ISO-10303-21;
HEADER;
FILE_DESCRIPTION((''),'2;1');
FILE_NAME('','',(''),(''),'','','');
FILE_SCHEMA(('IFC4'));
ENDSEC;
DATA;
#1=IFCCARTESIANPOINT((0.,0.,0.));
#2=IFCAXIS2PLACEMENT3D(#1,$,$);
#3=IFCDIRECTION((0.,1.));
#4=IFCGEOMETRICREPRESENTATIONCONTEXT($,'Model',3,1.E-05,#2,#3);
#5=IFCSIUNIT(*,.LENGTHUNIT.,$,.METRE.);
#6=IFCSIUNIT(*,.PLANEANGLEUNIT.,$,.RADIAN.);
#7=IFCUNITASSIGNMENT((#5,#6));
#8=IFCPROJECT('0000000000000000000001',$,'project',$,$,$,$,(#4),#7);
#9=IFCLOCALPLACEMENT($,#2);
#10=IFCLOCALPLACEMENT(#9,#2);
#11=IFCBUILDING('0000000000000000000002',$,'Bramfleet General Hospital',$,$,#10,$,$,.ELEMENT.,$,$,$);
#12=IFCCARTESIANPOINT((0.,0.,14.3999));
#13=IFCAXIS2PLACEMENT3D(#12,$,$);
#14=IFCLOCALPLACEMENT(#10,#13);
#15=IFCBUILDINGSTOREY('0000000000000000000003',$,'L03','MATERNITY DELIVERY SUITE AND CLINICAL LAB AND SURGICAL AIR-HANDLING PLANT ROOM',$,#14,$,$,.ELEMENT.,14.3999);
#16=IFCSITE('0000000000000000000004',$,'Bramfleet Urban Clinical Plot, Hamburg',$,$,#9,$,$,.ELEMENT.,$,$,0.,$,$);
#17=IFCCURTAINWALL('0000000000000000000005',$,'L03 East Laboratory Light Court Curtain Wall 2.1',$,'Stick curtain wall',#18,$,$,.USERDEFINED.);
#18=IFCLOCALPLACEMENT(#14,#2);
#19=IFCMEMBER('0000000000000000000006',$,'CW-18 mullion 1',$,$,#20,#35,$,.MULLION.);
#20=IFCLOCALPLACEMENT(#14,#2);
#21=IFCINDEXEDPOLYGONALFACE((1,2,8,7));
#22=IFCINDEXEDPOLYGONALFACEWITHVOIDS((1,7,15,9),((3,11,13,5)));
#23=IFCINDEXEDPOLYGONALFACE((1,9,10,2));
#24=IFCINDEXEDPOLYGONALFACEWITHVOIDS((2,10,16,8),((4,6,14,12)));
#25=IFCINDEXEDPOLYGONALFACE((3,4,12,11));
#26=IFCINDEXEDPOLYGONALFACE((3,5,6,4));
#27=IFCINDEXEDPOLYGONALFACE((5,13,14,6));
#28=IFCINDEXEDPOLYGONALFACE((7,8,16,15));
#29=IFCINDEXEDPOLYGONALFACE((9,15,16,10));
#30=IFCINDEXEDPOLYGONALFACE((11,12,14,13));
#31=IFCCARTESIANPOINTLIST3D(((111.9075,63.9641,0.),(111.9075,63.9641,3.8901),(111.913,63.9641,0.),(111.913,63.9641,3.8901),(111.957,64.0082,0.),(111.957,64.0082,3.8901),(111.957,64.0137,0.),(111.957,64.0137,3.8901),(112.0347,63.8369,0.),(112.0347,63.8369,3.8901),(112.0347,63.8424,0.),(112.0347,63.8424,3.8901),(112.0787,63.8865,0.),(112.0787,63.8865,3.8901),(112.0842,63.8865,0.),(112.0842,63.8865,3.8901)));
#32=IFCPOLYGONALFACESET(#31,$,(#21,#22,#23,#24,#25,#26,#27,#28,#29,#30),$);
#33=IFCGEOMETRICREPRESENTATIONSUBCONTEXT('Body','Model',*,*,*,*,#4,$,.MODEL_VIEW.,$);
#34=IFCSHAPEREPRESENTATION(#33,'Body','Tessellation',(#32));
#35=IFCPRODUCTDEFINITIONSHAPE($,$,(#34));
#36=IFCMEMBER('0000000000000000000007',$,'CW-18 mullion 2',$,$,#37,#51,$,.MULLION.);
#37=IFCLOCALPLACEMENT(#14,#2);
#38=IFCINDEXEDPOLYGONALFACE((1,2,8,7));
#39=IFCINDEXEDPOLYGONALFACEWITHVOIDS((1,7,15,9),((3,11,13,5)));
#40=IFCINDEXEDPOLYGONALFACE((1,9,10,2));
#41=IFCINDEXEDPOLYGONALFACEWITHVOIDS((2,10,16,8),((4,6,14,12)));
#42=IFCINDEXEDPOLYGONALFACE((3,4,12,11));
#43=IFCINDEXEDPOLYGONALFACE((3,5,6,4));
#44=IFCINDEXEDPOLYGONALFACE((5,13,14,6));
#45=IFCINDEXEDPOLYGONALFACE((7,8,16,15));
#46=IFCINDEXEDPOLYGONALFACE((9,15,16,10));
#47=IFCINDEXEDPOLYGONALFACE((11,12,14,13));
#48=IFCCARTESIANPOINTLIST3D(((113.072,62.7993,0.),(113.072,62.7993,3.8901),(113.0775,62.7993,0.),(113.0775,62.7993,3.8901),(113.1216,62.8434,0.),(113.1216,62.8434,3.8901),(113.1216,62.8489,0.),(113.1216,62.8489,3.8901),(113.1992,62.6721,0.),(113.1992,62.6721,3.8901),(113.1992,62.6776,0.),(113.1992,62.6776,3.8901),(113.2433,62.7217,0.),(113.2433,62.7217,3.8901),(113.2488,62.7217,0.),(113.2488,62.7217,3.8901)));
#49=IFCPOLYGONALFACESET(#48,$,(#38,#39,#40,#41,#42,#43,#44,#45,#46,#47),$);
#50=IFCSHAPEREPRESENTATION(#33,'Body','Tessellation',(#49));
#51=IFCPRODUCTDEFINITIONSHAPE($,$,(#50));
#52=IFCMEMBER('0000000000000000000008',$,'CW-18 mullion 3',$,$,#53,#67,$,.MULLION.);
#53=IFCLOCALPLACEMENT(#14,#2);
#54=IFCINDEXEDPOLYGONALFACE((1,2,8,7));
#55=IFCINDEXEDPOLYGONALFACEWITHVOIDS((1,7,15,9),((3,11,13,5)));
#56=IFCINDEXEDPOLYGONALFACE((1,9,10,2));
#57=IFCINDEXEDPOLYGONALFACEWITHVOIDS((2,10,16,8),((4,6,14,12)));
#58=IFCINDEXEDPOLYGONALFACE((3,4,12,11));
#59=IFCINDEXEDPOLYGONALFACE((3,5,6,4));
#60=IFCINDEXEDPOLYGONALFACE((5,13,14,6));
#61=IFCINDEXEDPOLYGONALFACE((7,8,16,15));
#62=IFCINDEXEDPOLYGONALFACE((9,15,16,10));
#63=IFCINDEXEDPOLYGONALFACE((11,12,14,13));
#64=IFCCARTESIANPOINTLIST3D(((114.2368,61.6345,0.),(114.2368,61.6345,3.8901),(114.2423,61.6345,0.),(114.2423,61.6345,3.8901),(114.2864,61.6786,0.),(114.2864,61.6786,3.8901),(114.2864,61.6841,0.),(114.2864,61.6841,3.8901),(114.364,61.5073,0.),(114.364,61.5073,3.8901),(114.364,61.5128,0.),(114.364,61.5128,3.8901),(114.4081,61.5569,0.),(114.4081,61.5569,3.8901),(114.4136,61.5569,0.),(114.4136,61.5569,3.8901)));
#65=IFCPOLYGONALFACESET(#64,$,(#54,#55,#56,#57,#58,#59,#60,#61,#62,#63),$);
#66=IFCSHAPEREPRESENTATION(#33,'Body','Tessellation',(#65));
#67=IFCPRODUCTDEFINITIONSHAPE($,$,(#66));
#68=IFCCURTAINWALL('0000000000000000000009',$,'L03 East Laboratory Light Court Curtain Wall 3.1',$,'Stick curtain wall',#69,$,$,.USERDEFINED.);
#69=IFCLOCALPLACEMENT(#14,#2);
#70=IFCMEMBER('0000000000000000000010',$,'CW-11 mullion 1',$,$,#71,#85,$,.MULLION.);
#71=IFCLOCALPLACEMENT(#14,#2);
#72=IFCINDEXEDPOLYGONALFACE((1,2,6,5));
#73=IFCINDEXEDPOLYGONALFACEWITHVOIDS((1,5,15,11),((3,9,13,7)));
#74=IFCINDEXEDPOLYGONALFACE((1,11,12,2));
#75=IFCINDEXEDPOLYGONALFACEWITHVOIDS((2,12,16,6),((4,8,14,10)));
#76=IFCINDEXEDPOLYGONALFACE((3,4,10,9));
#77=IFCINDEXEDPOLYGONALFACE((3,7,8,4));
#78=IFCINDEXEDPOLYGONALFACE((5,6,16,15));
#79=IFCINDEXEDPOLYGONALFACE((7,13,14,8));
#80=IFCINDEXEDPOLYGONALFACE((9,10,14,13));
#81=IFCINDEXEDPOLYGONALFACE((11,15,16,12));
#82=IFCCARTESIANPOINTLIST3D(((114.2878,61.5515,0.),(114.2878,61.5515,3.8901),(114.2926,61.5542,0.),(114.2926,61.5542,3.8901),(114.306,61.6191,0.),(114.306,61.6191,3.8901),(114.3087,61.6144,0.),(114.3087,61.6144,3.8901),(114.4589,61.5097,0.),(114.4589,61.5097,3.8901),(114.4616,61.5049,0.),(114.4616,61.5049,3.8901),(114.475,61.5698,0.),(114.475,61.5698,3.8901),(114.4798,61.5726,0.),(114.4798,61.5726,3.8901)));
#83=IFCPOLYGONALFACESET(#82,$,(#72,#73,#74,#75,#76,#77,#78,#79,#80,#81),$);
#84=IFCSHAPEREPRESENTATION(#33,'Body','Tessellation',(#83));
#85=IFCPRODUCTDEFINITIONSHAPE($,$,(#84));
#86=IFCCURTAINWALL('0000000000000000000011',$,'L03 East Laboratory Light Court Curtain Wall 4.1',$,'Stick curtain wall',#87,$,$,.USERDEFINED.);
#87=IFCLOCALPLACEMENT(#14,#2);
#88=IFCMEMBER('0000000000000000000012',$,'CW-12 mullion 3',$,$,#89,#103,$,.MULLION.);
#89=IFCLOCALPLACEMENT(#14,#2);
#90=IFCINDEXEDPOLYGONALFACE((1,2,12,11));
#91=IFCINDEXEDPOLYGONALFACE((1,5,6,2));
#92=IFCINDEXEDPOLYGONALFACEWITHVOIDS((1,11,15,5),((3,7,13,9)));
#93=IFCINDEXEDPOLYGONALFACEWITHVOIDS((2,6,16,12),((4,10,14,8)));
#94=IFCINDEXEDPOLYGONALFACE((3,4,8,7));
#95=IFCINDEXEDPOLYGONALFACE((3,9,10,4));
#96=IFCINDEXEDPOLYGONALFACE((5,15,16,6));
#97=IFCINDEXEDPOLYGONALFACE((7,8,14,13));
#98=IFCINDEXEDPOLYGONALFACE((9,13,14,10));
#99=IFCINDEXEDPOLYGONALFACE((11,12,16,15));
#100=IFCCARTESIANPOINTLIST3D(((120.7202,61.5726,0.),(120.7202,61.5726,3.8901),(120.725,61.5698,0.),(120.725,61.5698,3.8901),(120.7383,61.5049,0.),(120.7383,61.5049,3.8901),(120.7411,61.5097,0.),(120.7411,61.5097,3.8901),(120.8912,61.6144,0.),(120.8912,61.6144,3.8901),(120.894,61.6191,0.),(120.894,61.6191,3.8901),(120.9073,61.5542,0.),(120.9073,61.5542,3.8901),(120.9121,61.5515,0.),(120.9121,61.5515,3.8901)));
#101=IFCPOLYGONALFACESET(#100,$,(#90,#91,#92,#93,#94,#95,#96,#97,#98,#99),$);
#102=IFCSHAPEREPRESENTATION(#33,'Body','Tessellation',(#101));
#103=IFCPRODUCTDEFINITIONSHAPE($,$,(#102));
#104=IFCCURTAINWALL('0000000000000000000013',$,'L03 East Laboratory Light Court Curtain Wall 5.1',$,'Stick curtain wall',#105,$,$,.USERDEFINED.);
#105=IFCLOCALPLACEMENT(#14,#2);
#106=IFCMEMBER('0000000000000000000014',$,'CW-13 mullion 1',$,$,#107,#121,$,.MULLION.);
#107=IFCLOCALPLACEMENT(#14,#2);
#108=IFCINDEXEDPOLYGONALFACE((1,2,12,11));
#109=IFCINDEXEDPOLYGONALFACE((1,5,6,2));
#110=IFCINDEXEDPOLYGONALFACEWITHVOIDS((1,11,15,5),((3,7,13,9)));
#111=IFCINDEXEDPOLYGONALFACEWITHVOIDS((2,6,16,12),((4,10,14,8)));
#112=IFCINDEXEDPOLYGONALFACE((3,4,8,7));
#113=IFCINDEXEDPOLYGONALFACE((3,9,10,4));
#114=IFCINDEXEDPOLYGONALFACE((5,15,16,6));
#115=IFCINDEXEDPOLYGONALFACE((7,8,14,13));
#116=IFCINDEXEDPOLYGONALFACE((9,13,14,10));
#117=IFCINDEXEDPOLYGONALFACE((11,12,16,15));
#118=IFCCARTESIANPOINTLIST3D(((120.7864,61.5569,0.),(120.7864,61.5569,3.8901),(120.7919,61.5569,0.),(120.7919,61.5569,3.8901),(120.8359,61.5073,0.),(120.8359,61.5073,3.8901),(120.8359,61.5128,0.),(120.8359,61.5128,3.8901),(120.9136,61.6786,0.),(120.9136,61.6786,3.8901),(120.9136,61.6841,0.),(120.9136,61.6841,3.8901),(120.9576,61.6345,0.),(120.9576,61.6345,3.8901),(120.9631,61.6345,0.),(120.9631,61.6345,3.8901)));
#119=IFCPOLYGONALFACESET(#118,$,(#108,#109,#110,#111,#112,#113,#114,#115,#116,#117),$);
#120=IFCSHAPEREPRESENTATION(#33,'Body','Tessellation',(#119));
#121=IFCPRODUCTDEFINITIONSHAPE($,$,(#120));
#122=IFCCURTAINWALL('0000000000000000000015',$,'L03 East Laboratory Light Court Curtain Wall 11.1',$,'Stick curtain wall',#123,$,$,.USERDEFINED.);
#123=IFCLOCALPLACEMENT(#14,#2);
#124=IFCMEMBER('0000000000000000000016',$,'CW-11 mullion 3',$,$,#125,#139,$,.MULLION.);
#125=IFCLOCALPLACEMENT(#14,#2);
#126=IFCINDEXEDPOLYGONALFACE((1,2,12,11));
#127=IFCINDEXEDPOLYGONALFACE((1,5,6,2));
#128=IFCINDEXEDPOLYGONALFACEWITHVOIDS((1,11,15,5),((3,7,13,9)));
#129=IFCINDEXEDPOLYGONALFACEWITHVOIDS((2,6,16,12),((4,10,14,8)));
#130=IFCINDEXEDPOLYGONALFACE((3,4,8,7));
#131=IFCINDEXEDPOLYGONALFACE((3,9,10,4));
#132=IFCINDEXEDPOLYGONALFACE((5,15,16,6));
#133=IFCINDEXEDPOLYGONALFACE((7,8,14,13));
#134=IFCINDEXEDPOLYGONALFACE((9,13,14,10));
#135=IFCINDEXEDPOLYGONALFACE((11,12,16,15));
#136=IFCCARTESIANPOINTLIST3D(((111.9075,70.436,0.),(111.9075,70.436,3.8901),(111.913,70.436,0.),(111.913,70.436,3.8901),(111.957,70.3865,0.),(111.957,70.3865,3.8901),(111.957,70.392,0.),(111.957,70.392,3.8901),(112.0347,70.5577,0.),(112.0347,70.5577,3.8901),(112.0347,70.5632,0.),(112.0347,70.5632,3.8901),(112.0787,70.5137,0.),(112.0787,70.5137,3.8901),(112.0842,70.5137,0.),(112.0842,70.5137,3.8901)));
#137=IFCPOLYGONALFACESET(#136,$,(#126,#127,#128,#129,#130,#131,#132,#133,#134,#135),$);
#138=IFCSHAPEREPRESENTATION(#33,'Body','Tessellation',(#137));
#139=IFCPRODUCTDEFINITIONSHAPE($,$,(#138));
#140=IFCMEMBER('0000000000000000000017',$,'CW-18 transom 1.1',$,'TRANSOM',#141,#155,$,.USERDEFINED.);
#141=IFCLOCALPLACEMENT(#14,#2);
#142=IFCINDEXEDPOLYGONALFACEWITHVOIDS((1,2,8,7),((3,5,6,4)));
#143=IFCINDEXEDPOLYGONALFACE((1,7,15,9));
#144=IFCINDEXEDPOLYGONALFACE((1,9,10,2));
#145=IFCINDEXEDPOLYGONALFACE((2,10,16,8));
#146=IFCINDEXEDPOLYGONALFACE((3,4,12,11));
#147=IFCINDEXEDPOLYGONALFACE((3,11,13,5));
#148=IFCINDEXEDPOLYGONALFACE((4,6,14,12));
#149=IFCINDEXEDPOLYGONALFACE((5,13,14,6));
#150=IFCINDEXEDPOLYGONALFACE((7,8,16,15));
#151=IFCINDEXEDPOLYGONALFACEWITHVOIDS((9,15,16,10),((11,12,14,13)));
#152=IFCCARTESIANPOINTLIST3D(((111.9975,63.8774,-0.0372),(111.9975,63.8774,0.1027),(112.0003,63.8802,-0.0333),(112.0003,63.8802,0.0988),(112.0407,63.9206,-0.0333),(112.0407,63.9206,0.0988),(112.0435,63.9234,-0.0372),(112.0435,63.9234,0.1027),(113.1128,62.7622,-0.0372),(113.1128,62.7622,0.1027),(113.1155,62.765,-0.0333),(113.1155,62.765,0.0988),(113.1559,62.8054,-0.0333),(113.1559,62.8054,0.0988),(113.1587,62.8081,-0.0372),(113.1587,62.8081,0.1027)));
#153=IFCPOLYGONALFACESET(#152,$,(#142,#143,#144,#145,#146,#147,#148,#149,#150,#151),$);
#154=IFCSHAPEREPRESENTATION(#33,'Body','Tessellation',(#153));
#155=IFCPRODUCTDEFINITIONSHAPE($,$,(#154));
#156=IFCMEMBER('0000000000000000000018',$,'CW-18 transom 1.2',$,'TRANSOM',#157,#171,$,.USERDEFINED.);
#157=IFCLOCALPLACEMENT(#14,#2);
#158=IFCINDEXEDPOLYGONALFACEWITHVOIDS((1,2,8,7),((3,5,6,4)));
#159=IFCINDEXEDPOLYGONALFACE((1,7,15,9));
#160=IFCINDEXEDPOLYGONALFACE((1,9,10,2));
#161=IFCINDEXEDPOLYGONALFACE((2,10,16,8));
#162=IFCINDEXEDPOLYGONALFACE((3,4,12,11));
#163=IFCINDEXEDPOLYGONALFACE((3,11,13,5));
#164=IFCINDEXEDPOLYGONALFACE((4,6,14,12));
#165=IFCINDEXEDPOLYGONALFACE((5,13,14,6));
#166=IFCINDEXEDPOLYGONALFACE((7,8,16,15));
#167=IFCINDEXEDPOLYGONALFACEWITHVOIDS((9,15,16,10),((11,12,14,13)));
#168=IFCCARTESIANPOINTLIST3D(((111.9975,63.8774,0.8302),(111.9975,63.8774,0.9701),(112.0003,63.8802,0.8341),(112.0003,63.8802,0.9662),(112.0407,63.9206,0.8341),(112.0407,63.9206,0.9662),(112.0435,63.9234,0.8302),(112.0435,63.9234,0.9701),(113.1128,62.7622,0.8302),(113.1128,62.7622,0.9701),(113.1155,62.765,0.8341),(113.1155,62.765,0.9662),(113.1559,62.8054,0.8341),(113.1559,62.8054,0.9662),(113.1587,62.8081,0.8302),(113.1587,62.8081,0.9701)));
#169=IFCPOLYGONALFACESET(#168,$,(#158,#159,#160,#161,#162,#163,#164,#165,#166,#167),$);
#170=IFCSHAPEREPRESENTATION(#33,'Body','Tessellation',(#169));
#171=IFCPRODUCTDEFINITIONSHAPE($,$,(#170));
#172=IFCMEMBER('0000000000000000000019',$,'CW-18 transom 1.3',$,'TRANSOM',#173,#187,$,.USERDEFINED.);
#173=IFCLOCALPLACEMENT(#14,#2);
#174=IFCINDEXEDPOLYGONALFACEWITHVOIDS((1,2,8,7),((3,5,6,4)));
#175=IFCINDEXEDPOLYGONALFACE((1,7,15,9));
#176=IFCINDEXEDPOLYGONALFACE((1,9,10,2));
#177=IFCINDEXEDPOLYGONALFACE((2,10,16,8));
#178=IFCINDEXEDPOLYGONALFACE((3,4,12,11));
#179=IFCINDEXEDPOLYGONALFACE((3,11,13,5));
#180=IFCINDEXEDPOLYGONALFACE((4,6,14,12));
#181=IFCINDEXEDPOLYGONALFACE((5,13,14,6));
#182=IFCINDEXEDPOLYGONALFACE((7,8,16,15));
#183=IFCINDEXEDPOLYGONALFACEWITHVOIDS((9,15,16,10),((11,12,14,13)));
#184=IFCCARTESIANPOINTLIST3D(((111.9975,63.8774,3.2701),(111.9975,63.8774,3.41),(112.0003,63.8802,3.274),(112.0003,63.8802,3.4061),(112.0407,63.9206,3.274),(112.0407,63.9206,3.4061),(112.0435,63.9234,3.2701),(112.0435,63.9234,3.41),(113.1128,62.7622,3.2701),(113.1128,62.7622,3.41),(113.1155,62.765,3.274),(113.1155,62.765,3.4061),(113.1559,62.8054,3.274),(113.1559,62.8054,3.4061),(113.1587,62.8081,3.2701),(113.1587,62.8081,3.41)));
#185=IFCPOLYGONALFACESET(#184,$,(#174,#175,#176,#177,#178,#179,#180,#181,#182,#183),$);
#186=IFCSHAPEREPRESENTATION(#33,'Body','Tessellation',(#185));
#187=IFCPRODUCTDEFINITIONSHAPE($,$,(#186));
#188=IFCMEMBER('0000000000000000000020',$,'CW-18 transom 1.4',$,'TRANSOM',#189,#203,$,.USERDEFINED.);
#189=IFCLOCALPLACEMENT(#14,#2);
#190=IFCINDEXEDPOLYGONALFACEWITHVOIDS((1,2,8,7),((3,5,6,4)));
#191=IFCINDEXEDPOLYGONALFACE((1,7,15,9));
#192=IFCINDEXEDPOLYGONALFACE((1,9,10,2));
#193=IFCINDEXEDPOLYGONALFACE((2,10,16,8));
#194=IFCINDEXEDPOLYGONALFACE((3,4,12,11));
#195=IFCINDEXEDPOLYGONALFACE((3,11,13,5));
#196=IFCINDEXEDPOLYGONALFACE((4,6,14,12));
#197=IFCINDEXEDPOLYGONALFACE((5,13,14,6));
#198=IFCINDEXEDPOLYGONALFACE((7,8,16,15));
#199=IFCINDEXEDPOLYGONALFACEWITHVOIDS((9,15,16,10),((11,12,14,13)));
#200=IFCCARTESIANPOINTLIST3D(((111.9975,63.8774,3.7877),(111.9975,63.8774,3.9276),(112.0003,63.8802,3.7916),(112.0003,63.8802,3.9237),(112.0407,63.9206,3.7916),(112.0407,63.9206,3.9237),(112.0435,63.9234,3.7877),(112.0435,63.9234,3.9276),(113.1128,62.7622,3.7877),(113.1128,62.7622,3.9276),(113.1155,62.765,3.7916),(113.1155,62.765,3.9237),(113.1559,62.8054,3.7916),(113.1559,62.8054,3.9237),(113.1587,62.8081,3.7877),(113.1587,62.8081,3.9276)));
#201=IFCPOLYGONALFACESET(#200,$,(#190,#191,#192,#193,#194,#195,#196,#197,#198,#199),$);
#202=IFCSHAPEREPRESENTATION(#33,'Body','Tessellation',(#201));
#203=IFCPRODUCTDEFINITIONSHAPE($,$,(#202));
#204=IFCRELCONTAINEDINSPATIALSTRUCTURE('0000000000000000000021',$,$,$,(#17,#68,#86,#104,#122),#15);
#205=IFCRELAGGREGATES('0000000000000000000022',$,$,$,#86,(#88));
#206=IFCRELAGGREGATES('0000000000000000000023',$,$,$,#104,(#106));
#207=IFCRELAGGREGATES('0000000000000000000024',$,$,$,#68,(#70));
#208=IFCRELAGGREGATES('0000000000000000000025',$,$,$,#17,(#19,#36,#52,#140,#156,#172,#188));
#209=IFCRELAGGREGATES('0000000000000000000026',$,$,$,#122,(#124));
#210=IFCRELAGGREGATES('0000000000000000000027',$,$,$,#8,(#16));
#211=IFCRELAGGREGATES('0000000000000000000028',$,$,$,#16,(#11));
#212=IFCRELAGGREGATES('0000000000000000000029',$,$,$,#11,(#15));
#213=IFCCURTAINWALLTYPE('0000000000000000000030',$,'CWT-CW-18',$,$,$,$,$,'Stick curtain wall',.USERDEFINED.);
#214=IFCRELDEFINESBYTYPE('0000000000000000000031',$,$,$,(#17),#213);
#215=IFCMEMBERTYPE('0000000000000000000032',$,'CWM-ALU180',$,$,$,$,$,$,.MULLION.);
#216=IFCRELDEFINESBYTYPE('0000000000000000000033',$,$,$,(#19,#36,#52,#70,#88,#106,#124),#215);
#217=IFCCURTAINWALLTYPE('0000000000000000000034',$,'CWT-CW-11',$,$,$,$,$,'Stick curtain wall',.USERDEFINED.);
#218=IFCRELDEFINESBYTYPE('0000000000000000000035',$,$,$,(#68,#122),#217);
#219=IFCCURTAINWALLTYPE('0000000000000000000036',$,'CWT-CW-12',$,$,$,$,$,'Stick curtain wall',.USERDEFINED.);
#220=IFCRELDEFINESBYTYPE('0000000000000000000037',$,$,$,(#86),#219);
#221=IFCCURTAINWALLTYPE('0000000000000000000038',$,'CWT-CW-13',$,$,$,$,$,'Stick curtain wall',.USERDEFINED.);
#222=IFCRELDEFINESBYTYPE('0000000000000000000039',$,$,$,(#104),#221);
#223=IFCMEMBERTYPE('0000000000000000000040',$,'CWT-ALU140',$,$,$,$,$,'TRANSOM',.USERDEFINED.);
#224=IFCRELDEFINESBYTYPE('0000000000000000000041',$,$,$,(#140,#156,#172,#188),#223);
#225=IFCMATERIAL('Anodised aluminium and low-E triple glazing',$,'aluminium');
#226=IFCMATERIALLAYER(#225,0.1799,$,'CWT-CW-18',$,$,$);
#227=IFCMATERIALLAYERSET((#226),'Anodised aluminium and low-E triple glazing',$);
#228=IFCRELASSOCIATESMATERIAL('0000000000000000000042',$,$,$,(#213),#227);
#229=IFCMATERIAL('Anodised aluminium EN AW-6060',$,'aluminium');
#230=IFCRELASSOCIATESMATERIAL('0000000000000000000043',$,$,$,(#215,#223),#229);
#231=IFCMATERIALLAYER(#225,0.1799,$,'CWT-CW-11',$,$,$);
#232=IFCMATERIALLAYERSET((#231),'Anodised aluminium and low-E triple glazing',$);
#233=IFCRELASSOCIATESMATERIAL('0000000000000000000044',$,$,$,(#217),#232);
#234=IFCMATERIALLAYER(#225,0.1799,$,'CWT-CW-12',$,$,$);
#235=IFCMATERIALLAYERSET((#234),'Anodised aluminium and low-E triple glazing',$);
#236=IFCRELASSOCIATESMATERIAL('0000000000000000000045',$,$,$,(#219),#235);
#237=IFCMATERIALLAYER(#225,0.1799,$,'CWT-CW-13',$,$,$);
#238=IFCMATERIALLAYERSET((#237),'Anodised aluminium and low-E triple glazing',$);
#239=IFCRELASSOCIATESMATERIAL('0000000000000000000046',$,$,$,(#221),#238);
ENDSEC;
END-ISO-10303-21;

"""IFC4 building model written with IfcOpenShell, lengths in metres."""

from ifc_helpers import new_model, si_unit, direction, frame, origin, origin_2d, place, context, subcontext, project, spatial, hollow_rectangle, extrude, material, layer, layer_set, material_profile, profile_set, type_object, element, aggregate, save


model = new_model("IFC4")

# Units and contexts
model_context = context("Model", 3, precision=1e-05, world=origin(), true_north=direction((0.0, 1.0)))
body_context = subcontext(model_context, "Body", "Model", "MODEL_VIEW")
ifc_project = project(units=[si_unit("LENGTHUNIT", "METRE"), si_unit("PLANEANGLEUNIT", "RADIAN")], contexts=[model_context])

# Site, building, storey
site_placement = place(None, origin())
site = spatial("IfcSite", under=ifc_project, at=site_placement, Name="Bramfleet Urban Clinical Plot, Hamburg", CompositionType="ELEMENT", RefElevation=0.0)
building_placement = place(site_placement, origin())
building = spatial("IfcBuilding", under=site, at=building_placement, Name="Bramfleet General Hospital", CompositionType="ELEMENT")
storey_placement = place(building_placement, frame((0.0, 0.0, 14.3999)))
storey = spatial("IfcBuildingStorey", under=building, at=storey_placement, Name="L03", Description="MATERNITY DELIVERY SUITE AND CLINICAL LAB AND SURGICAL AIR-HANDLING PLANT ROOM", CompositionType="ELEMENT", Elevation=14.3999)

# Curtain wall, members
ifc_material_1 = material(Name="Anodised aluminium and low-E triple glazing", Category="aluminium")
ifc_layer_1 = layer(ifc_material_1, 0.1799, Name="CWT-CW-18")
ifc_layer_set_1 = layer_set([ifc_layer_1], Name="Anodised aluminium and low-E triple glazing")
curtain_wall_type_1 = type_object("IfcCurtainWallType", Name="CWT-CW-18", ElementType="Stick curtain wall", PredefinedType="USERDEFINED", material=ifc_layer_set_1)
curtain_wall_1_placement = place(storey_placement, origin())
curtain_wall_1 = element("IfcCurtainWall", 1, at=curtain_wall_1_placement, inside=storey, type_object=curtain_wall_type_1, Name="L03 East Laboratory Light Court Curtain Wall 2.1", ObjectType="Stick curtain wall", PredefinedType="USERDEFINED")
ifc_material_2 = material(Name="Anodised aluminium EN AW-6060", Category="aluminium")
ifc_material_profile_1 = material_profile(ifc_material_2, hollow_rectangle(XDim=0.0701, YDim=0.1799, WallThickness=0.0039, at=origin_2d()), Name="ALU 180x70x4.0")
ifc_profile_set_1 = profile_set([ifc_material_profile_1], Name="Anodised aluminium EN AW-6060")
member_type_1 = type_object("IfcMemberType", Name="CWM-ALU180", PredefinedType="MULLION", material=ifc_profile_set_1)
member_1_placement = place(storey_placement, frame((111.9958, 63.9253, 0.0), z_axis=(0.0, 0.0, 1.0), x_axis=(0.707107, 0.707107, 0.0)))
member_1 = element("IfcMember", 2, at=member_1_placement, type_object=member_type_1, Name="CW-18 mullion 1", PredefinedType="MULLION", context=body_context, shape_type="SweptSolid", body=[
    extrude(hollow_rectangle(XDim=0.0701, YDim=0.1799, WallThickness=0.0039, at=origin_2d()), origin(), (0.0, 0.0, 1.0), 3.8901),
])
member_2_placement = place(storey_placement, frame((113.1604, 62.7605, 0.0), z_axis=(0.0, 0.0, 1.0), x_axis=(0.707107, 0.707107, 0.0)))
member_2 = element("IfcMember", 3, at=member_2_placement, type_object=member_type_1, Name="CW-18 mullion 2", PredefinedType="MULLION", context=body_context, shape_type="SweptSolid", body=[
    extrude(hollow_rectangle(XDim=0.0701, YDim=0.1799, WallThickness=0.0039, at=origin_2d()), origin(), (0.0, 0.0, 1.0), 3.8901),
])
member_3_placement = place(storey_placement, frame((114.3252, 61.5957, 0.0), z_axis=(0.0, 0.0, 1.0), x_axis=(0.707107, 0.707107, 0.0)))
member_3 = element("IfcMember", 4, at=member_3_placement, type_object=member_type_1, Name="CW-18 mullion 3", PredefinedType="MULLION", context=body_context, shape_type="SweptSolid", body=[
    extrude(hollow_rectangle(XDim=0.0701, YDim=0.1799, WallThickness=0.0039, at=origin_2d()), origin(), (0.0, 0.0, 1.0), 3.8901),
])

# Curtain walls, members
ifc_layer_2 = layer(ifc_material_1, 0.1799, Name="CWT-CW-11")
ifc_layer_set_2 = layer_set([ifc_layer_2], Name="Anodised aluminium and low-E triple glazing")
curtain_wall_type_2 = type_object("IfcCurtainWallType", Name="CWT-CW-11", ElementType="Stick curtain wall", PredefinedType="USERDEFINED", material=ifc_layer_set_2)
curtain_wall_2_placement = place(storey_placement, origin())
curtain_wall_2 = element("IfcCurtainWall", 5, at=curtain_wall_2_placement, inside=storey, type_object=curtain_wall_type_2, Name="L03 East Laboratory Light Court Curtain Wall 3.1", ObjectType="Stick curtain wall", PredefinedType="USERDEFINED")
member_4_placement = place(storey_placement, frame((114.3838, 61.562, 0.0), z_axis=(0.0, 0.0, 1.0), x_axis=(0.258865, 0.965914, 0.0)))
member_4 = element("IfcMember", 6, at=member_4_placement, type_object=member_type_1, Name="CW-11 mullion 1", PredefinedType="MULLION", context=body_context, shape_type="SweptSolid", body=[
    extrude(hollow_rectangle(XDim=0.0701, YDim=0.1799, WallThickness=0.0039, at=origin_2d()), origin(), (0.0, 0.0, 1.0), 3.8901),
])
ifc_layer_3 = layer(ifc_material_1, 0.1799, Name="CWT-CW-12")
ifc_layer_set_3 = layer_set([ifc_layer_3], Name="Anodised aluminium and low-E triple glazing")
curtain_wall_type_3 = type_object("IfcCurtainWallType", Name="CWT-CW-12", ElementType="Stick curtain wall", PredefinedType="USERDEFINED", material=ifc_layer_set_3)
curtain_wall_3_placement = place(storey_placement, origin())
curtain_wall_3 = element("IfcCurtainWall", 7, at=curtain_wall_3_placement, inside=storey, type_object=curtain_wall_type_3, Name="L03 East Laboratory Light Court Curtain Wall 4.1", ObjectType="Stick curtain wall", PredefinedType="USERDEFINED")
member_5_placement = place(storey_placement, frame((120.8162, 61.562, 0.0), z_axis=(0.0, 0.0, 1.0), x_axis=(-0.258865, 0.965914, 0.0)))
member_5 = element("IfcMember", 8, at=member_5_placement, type_object=member_type_1, Name="CW-12 mullion 3", PredefinedType="MULLION", context=body_context, shape_type="SweptSolid", body=[
    extrude(hollow_rectangle(XDim=0.0701, YDim=0.1799, WallThickness=0.0039, at=origin_2d()), origin(), (0.0, 0.0, 1.0), 3.8901),
])
aggregate(curtain_wall_3, [member_5])
ifc_layer_4 = layer(ifc_material_1, 0.1799, Name="CWT-CW-13")
ifc_layer_set_4 = layer_set([ifc_layer_4], Name="Anodised aluminium and low-E triple glazing")
curtain_wall_type_4 = type_object("IfcCurtainWallType", Name="CWT-CW-13", ElementType="Stick curtain wall", PredefinedType="USERDEFINED", material=ifc_layer_set_4)
curtain_wall_4_placement = place(storey_placement, origin())
curtain_wall_4 = element("IfcCurtainWall", 9, at=curtain_wall_4_placement, inside=storey, type_object=curtain_wall_type_4, Name="L03 East Laboratory Light Court Curtain Wall 5.1", ObjectType="Stick curtain wall", PredefinedType="USERDEFINED")
member_6_placement = place(storey_placement, frame((120.8748, 61.5957, 0.0), z_axis=(0.0, 0.0, 1.0), x_axis=(-0.707107, 0.707107, 0.0)))
member_6 = element("IfcMember", 10, at=member_6_placement, type_object=member_type_1, Name="CW-13 mullion 1", PredefinedType="MULLION", context=body_context, shape_type="SweptSolid", body=[
    extrude(hollow_rectangle(XDim=0.0701, YDim=0.1799, WallThickness=0.0039, at=origin_2d()), origin(), (0.0, 0.0, 1.0), 3.8901),
])
aggregate(curtain_wall_4, [member_6])
curtain_wall_5_placement = place(storey_placement, origin())
curtain_wall_5 = element("IfcCurtainWall", 11, at=curtain_wall_5_placement, inside=storey, type_object=curtain_wall_type_2, Name="L03 East Laboratory Light Court Curtain Wall 11.1", ObjectType="Stick curtain wall", PredefinedType="USERDEFINED")
member_7_placement = place(storey_placement, frame((111.9958, 70.4749, 0.0), z_axis=(0.0, 0.0, 1.0), x_axis=(0.707107, -0.707107, 0.0)))
member_7 = element("IfcMember", 12, at=member_7_placement, type_object=member_type_1, Name="CW-11 mullion 3", PredefinedType="MULLION", context=body_context, shape_type="SweptSolid", body=[
    extrude(hollow_rectangle(XDim=0.0701, YDim=0.1799, WallThickness=0.0039, at=origin_2d()), origin(), (0.0, 0.0, 1.0), 3.8901),
])

# Members
ifc_material_profile_2 = material_profile(ifc_material_2, hollow_rectangle(XDim=0.0649, YDim=0.1399, WallThickness=0.0039, at=origin_2d()), Name="ALU 140x65x4.0")
ifc_profile_set_2 = profile_set([ifc_material_profile_2], Name="Anodised aluminium EN AW-6060")
member_type_2 = type_object("IfcMemberType", Name="CWT-ALU140", ElementType="TRANSOM", PredefinedType="USERDEFINED", material=ifc_profile_set_2)
member_8_placement = place(storey_placement, frame((112.0205, 63.9004, 0.0327), z_axis=(0.707107, -0.707107, 0.0), x_axis=(0.707107, 0.707107, 0.0)))
member_8 = element("IfcMember", 13, at=member_8_placement, type_object=member_type_2, Name="CW-18 transom 1.1", ObjectType="TRANSOM", PredefinedType="USERDEFINED", context=body_context, shape_type="SweptSolid", body=[
    extrude(hollow_rectangle(XDim=0.0649, YDim=0.1399, WallThickness=0.0039, at=origin_2d()), origin(), (0.0, 0.0, 1.0), 1.5771),
])
member_9_placement = place(storey_placement, frame((112.0205, 63.9004, 0.9001), z_axis=(0.707107, -0.707107, 0.0), x_axis=(0.707107, 0.707107, 0.0)))
member_9 = element("IfcMember", 14, at=member_9_placement, type_object=member_type_2, Name="CW-18 transom 1.2", ObjectType="TRANSOM", PredefinedType="USERDEFINED", context=body_context, shape_type="SweptSolid", body=[
    extrude(hollow_rectangle(XDim=0.0649, YDim=0.1399, WallThickness=0.0039, at=origin_2d()), origin(), (0.0, 0.0, 1.0), 1.5771),
])
member_10_placement = place(storey_placement, frame((112.0205, 63.9004, 3.3401), z_axis=(0.707107, -0.707107, 0.0), x_axis=(0.707107, 0.707107, 0.0)))
member_10 = element("IfcMember", 15, at=member_10_placement, type_object=member_type_2, Name="CW-18 transom 1.3", ObjectType="TRANSOM", PredefinedType="USERDEFINED", context=body_context, shape_type="SweptSolid", body=[
    extrude(hollow_rectangle(XDim=0.0649, YDim=0.1399, WallThickness=0.0039, at=origin_2d()), origin(), (0.0, 0.0, 1.0), 1.5771),
])
member_11_placement = place(storey_placement, frame((112.0205, 63.9004, 3.8577), z_axis=(0.707107, -0.707107, 0.0), x_axis=(0.707107, 0.707107, 0.0)))
member_11 = element("IfcMember", 16, at=member_11_placement, type_object=member_type_2, Name="CW-18 transom 1.4", ObjectType="TRANSOM", PredefinedType="USERDEFINED", context=body_context, shape_type="SweptSolid", body=[
    extrude(hollow_rectangle(XDim=0.0649, YDim=0.1399, WallThickness=0.0039, at=origin_2d()), origin(), (0.0, 0.0, 1.0), 1.5771),
])
aggregate(curtain_wall_2, [member_4])

aggregate(curtain_wall_1, [member_1, member_2, member_3, member_8, member_9, member_10, member_11])
aggregate(curtain_wall_5, [member_7])

save(model, "model.ifc")
